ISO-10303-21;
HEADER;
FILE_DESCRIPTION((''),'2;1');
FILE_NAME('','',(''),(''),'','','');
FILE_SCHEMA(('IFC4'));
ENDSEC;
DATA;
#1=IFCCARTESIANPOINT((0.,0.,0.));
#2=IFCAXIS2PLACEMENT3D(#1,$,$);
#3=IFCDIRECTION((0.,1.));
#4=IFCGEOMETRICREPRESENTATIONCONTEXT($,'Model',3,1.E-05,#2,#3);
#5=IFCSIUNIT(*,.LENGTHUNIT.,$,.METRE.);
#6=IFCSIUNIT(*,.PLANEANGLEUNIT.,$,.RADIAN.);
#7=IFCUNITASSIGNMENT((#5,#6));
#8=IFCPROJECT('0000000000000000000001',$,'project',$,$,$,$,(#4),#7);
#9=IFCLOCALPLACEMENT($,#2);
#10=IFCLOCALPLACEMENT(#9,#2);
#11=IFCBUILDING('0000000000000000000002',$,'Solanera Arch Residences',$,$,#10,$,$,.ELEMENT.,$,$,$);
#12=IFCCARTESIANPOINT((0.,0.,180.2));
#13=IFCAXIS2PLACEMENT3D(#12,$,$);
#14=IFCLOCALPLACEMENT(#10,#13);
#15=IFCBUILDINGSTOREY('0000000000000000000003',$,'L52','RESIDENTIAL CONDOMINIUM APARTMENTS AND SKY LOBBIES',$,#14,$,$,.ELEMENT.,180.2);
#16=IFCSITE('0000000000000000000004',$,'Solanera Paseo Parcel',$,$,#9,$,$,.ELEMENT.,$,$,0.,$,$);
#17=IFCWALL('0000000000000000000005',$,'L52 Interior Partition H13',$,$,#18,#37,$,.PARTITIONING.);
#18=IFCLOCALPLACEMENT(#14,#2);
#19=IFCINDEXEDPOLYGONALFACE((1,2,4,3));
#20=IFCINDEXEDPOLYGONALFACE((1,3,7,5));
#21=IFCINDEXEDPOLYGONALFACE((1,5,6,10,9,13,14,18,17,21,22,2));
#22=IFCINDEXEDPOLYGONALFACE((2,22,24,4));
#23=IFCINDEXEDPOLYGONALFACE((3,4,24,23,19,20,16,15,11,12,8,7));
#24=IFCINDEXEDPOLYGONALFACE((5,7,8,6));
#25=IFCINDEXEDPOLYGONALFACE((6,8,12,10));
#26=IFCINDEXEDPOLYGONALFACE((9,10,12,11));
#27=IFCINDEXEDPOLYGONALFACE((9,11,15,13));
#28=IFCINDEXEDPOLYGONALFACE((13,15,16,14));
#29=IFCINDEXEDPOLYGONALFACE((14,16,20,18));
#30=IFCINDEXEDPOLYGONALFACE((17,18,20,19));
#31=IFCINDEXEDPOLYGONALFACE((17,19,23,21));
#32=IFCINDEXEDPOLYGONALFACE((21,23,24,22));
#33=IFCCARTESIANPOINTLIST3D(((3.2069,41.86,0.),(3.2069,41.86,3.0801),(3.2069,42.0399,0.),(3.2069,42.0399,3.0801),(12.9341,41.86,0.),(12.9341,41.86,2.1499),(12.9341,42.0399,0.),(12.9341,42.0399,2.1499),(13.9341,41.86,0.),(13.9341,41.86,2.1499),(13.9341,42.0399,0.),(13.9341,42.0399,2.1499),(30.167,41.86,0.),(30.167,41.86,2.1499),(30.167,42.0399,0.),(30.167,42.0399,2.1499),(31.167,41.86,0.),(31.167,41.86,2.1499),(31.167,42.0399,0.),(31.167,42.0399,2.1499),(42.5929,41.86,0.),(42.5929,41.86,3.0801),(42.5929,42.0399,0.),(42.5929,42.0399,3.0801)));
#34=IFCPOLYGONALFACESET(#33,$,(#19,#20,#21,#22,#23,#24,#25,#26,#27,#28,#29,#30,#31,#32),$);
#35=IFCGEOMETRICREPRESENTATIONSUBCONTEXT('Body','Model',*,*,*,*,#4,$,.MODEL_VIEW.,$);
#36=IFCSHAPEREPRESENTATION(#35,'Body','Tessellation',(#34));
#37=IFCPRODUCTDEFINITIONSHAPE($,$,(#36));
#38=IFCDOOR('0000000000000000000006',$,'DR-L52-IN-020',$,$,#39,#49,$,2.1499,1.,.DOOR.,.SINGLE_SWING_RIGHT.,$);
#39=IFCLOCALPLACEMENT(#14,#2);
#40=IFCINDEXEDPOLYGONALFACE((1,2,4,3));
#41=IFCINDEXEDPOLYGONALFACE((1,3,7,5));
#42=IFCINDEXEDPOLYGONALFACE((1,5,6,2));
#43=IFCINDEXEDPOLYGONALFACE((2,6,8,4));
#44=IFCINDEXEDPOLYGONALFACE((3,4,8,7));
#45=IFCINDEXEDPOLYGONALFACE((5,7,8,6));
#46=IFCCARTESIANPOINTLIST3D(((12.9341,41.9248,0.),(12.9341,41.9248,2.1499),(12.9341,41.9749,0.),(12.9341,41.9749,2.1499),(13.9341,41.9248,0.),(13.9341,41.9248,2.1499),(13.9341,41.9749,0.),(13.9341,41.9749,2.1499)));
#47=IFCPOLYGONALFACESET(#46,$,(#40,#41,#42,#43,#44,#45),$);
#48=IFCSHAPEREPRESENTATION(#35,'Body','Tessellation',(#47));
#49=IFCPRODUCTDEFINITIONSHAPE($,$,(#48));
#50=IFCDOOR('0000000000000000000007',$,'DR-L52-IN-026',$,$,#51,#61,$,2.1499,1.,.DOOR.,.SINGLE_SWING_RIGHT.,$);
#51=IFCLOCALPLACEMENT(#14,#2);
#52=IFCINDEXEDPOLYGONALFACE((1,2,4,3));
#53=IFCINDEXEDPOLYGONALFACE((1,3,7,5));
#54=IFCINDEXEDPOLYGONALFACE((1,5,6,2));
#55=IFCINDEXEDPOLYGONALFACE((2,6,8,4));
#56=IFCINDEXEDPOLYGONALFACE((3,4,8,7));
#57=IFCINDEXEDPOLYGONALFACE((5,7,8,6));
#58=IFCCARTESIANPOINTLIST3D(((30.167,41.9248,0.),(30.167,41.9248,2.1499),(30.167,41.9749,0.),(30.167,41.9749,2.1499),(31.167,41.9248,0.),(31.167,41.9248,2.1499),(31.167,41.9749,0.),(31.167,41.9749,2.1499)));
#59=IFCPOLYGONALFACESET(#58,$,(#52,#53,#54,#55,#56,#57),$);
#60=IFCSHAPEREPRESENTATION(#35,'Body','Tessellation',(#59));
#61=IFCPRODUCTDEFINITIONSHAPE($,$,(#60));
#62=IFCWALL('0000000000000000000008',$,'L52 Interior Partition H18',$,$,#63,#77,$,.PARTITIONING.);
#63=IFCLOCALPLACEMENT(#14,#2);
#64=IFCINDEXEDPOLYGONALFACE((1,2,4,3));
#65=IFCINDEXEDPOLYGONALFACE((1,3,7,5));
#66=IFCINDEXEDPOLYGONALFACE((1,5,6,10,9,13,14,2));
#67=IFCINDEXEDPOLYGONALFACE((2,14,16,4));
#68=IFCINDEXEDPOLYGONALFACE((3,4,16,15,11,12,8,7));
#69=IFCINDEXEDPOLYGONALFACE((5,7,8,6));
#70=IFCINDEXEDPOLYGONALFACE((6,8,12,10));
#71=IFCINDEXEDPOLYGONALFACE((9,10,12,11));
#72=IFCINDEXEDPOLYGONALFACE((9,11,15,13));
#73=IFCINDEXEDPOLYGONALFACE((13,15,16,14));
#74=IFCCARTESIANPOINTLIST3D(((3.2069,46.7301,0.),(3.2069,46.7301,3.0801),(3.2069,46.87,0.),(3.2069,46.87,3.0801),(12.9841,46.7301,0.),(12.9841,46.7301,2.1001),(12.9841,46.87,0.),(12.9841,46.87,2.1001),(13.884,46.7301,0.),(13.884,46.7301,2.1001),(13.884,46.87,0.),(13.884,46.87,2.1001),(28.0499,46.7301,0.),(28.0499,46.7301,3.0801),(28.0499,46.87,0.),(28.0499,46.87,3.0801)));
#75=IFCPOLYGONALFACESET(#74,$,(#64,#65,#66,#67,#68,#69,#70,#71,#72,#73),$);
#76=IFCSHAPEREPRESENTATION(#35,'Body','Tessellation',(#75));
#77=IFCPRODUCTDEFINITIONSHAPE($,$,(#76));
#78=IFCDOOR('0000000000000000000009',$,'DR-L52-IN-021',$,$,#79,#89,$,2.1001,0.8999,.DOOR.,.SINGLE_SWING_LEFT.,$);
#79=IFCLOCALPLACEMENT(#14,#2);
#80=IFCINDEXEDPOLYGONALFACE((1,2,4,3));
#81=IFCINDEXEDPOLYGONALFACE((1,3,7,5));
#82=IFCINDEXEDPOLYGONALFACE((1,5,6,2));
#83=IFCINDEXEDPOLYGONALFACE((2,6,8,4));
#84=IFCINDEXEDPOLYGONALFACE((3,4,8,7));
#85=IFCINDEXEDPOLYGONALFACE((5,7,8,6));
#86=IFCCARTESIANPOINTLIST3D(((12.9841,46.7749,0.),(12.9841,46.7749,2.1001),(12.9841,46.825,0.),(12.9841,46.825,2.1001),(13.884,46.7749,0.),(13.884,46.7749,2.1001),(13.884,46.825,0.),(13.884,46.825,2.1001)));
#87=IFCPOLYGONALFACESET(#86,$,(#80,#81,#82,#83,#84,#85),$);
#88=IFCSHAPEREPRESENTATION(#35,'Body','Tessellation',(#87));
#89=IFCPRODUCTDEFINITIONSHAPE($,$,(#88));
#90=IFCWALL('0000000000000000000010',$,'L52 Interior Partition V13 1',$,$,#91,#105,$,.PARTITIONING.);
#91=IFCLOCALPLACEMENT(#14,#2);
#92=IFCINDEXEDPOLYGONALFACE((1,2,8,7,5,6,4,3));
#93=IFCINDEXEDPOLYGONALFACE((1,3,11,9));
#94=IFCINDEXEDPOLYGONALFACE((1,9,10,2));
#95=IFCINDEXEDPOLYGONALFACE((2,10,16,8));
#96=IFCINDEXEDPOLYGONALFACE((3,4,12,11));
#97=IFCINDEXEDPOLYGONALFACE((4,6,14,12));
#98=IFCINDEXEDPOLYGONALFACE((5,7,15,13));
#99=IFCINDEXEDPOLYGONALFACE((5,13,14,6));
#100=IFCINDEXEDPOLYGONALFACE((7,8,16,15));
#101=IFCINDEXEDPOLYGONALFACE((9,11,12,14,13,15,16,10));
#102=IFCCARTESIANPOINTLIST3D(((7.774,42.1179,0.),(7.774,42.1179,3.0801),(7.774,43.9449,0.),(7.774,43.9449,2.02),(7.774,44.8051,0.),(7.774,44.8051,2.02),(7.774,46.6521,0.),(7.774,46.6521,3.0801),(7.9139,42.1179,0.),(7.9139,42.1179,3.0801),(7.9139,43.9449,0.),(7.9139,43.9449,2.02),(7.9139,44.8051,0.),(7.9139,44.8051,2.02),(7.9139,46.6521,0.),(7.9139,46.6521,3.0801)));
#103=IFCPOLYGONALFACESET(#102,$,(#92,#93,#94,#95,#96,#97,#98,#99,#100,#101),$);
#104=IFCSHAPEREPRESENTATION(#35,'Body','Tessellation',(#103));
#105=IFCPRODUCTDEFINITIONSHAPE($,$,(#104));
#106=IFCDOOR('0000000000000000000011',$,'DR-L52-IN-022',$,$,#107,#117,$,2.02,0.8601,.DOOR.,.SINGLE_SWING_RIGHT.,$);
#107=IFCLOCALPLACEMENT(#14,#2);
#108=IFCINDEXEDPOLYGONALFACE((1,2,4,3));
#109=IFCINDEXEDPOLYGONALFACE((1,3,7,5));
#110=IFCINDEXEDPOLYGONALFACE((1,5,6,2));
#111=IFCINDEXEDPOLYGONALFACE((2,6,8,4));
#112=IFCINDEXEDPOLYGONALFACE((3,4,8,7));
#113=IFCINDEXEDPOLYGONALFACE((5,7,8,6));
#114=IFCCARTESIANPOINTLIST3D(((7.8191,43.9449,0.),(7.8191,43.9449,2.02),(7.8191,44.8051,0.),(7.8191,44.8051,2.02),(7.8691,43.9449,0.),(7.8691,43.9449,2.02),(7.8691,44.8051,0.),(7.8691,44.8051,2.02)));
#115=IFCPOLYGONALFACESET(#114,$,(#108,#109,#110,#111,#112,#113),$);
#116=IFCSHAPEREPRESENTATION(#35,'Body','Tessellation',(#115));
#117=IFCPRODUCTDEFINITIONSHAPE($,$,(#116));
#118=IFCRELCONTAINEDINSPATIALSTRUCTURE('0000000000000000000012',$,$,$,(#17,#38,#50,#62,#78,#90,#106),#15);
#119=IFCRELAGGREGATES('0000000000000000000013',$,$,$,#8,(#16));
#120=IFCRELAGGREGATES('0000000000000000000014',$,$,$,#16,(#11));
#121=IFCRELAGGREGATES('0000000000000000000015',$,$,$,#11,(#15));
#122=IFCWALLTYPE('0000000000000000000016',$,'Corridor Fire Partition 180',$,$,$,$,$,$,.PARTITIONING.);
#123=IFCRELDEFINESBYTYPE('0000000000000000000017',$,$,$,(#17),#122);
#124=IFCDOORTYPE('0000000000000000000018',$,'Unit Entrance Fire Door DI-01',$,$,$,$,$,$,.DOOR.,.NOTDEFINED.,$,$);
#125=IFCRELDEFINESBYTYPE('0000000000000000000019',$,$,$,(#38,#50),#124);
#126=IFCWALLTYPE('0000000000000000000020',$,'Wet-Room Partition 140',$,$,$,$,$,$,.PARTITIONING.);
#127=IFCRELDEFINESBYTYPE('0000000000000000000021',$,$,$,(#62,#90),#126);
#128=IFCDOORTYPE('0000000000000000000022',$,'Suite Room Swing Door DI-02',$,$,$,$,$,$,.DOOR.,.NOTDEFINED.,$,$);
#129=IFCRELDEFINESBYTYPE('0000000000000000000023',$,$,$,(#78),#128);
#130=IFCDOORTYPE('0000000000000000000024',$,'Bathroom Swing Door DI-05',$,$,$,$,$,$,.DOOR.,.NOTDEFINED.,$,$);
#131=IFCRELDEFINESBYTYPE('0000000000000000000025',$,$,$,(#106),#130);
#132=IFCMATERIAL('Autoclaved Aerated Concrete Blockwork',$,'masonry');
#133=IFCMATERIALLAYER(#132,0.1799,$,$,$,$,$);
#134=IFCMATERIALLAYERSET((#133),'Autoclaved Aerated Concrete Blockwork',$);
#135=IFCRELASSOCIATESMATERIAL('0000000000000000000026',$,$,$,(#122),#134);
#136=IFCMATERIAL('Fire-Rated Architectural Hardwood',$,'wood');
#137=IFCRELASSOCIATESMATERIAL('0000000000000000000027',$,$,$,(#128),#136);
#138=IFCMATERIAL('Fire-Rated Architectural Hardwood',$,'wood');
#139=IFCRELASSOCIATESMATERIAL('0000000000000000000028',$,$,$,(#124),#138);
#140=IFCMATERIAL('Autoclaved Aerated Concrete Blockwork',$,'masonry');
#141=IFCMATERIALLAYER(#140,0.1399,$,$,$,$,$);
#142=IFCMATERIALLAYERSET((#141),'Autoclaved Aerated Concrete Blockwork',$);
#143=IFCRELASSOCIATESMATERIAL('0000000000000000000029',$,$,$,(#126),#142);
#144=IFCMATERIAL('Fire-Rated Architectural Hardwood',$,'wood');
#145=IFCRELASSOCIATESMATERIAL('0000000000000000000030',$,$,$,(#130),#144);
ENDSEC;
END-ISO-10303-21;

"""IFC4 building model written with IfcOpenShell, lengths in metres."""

from ifc_helpers import new_model, si_unit, direction, frame, frame_2d, origin, place, context, subcontext, project, spatial, rectangle, extrude, material, layer, layer_set, type_object, element, fill, save


model = new_model("IFC4")

# Units and contexts
model_context = context("Model", 3, precision=1e-05, world=origin(), true_north=direction((0.0, 1.0)))
body_context = subcontext(model_context, "Body", "Model", "MODEL_VIEW")
ifc_project = project(units=[si_unit("LENGTHUNIT", "METRE"), si_unit("PLANEANGLEUNIT", "RADIAN")], contexts=[model_context])

# Site, building, storey
site_placement = place(None, origin())
site = spatial("IfcSite", under=ifc_project, at=site_placement, Name="Solanera Paseo Parcel", CompositionType="ELEMENT", RefElevation=0.0)
building_placement = place(site_placement, origin())
building = spatial("IfcBuilding", under=site, at=building_placement, Name="Solanera Arch Residences", CompositionType="ELEMENT")
storey_placement = place(building_placement, frame((0.0, 0.0, 180.2)))
storey = spatial("IfcBuildingStorey", under=building, at=storey_placement, Name="L52", Description="RESIDENTIAL CONDOMINIUM APARTMENTS AND SKY LOBBIES", CompositionType="ELEMENT", Elevation=180.2)

# Wall, openings, doors
ifc_material_1 = material(Name="Autoclaved Aerated Concrete Blockwork", Category="masonry")
ifc_layer_1 = layer(ifc_material_1, 0.1799)
ifc_layer_set_1 = layer_set([ifc_layer_1], Name="Autoclaved Aerated Concrete Blockwork")
wall_type_1 = type_object("IfcWallType", Name="Corridor Fire Partition 180", PredefinedType="PARTITIONING", material=ifc_layer_set_1)
ifc_material_2 = material(Name="Fire-Rated Architectural Hardwood", Category="wood")
door_type_1 = type_object("IfcDoorType", Name="Suite Room Swing Door DI-02", OperationType="NOTDEFINED", PredefinedType="DOOR", material=ifc_material_2)
ifc_material_3 = material(Name="Fire-Rated Architectural Hardwood", Category="wood")
door_type_2 = type_object("IfcDoorType", Name="Unit Entrance Fire Door DI-01", OperationType="NOTDEFINED", PredefinedType="DOOR", material=ifc_material_3)
wall_1_placement = place(storey_placement, frame((3.207, 41.95, 0.0), z_axis=(0.0, 0.0, 1.0), x_axis=(1.0, 0.0, 0.0)))
wall_1 = element("IfcWall", 1, at=wall_1_placement, inside=storey, type_object=wall_type_1, Name="L52 Interior Partition H13", PredefinedType="PARTITIONING", context=body_context, shape_type="SweptSolid", body=[
    extrude(rectangle(XDim=39.386, YDim=0.1799, at=frame_2d((19.6929, 0.0))), origin(), (0.0, 0.0, 1.0), 3.0801),
])
opening_1_placement = place(wall_1_placement, frame((9.7271, 0.0, 0.0)))
opening_1 = element("IfcOpeningElement", 2, at=opening_1_placement, cuts=wall_1, PredefinedType="OPENING", context=body_context, shape_type="SweptSolid", body=[
    extrude(rectangle(XDim=1.0, YDim=2.1499, at=frame_2d((0.5, 1.075))), frame((0.0, 0.1001, 0.0), z_axis=(0.0, -1.0, 0.0), x_axis=(1.0, 0.0, 0.0)), (0.0, 0.0, 1.0), 0.1999),
])
opening_2_placement = place(wall_1_placement, frame((26.96, 0.0, 0.0)))
opening_2 = element("IfcOpeningElement", 3, at=opening_2_placement, cuts=wall_1, PredefinedType="OPENING", context=body_context, shape_type="SweptSolid", body=[
    extrude(rectangle(XDim=1.0, YDim=2.1499, at=frame_2d((0.5, 1.075))), frame((0.0, 0.1001, 0.0), z_axis=(0.0, -1.0, 0.0), x_axis=(1.0, 0.0, 0.0)), (0.0, 0.0, 1.0), 0.1999),
])
door_1_placement = place(opening_1_placement, origin())
door_1 = element("IfcDoor", 4, at=door_1_placement, inside=storey, type_object=door_type_2, Name="DR-L52-IN-020", OperationType="SINGLE_SWING_RIGHT", OverallHeight=2.1499, OverallWidth=1.0, PredefinedType="DOOR", context=body_context, shape_type="SweptSolid", body=[
    extrude(rectangle(XDim=1.0, YDim=2.1499, at=frame_2d((0.5, 1.075))), frame((0.0, 0.0249, 0.0), z_axis=(0.0, -1.0, 0.0), x_axis=(1.0, 0.0, 0.0)), (0.0, 0.0, 1.0), 0.05),
])
fill(opening_1, door_1)
door_2_placement = place(opening_2_placement, origin())
door_2 = element("IfcDoor", 5, at=door_2_placement, inside=storey, type_object=door_type_2, Name="DR-L52-IN-026", OperationType="SINGLE_SWING_RIGHT", OverallHeight=2.1499, OverallWidth=1.0, PredefinedType="DOOR", context=body_context, shape_type="SweptSolid", body=[
    extrude(rectangle(XDim=1.0, YDim=2.1499, at=frame_2d((0.5, 1.075))), frame((0.0, 0.0249, 0.0), z_axis=(0.0, -1.0, 0.0), x_axis=(1.0, 0.0, 0.0)), (0.0, 0.0, 1.0), 0.05),
])
fill(opening_2, door_2)

# Walls, openings, doors
ifc_material_4 = material(Name="Autoclaved Aerated Concrete Blockwork", Category="masonry")
ifc_layer_2 = layer(ifc_material_4, 0.1399)
ifc_layer_set_2 = layer_set([ifc_layer_2], Name="Autoclaved Aerated Concrete Blockwork")
wall_type_2 = type_object("IfcWallType", Name="Wet-Room Partition 140", PredefinedType="PARTITIONING", material=ifc_layer_set_2)
wall_2_placement = place(storey_placement, frame((3.207, 46.8, 0.0), z_axis=(0.0, 0.0, 1.0), x_axis=(1.0, 0.0, 0.0)))
wall_2 = element("IfcWall", 6, at=wall_2_placement, inside=storey, type_object=wall_type_2, Name="L52 Interior Partition H18", PredefinedType="PARTITIONING", context=body_context, shape_type="SweptSolid", body=[
    extrude(rectangle(XDim=24.843, YDim=0.1399, at=frame_2d((12.4214, 0.0))), origin(), (0.0, 0.0, 1.0), 3.0801),
])
opening_3_placement = place(wall_2_placement, frame((9.7771, 0.0, 0.0)))
opening_3 = element("IfcOpeningElement", 7, at=opening_3_placement, cuts=wall_2, PredefinedType="OPENING", context=body_context, shape_type="SweptSolid", body=[
    extrude(rectangle(XDim=0.8999, YDim=2.1001, at=frame_2d((0.45, 1.05))), frame((0.0, 0.0798, 0.0), z_axis=(0.0, -1.0, 0.0), x_axis=(1.0, 0.0, 0.0)), (0.0, 0.0, 1.0), 0.1599),
])
door_3_placement = place(opening_3_placement, origin())
door_3 = element("IfcDoor", 8, at=door_3_placement, inside=storey, type_object=door_type_1, Name="DR-L52-IN-021", OperationType="SINGLE_SWING_LEFT", OverallHeight=2.1001, OverallWidth=0.8999, PredefinedType="DOOR", context=body_context, shape_type="SweptSolid", body=[
    extrude(rectangle(XDim=0.8999, YDim=2.1001, at=frame_2d((0.45, 1.05))), frame((0.0, 0.0249, 0.0), z_axis=(0.0, -1.0, 0.0), x_axis=(1.0, 0.0, 0.0)), (0.0, 0.0, 1.0), 0.05),
])
fill(opening_3, door_3)
wall_3_placement = place(storey_placement, frame((7.844, 42.1179, 0.0), z_axis=(0.0, 0.0, 1.0), x_axis=(0.0, 1.0, 0.0)))
wall_3 = element("IfcWall", 9, at=wall_3_placement, inside=storey, type_object=wall_type_2, Name="L52 Interior Partition V13 1", PredefinedType="PARTITIONING", context=body_context, shape_type="SweptSolid", body=[
    extrude(rectangle(XDim=4.5342, YDim=0.1399, at=frame_2d((2.2671, 0.0))), origin(), (0.0, 0.0, 1.0), 3.0801),
])
opening_4_placement = place(wall_3_placement, frame((1.8269, 0.0, 0.0)))
opening_4 = element("IfcOpeningElement", 10, at=opening_4_placement, cuts=wall_3, PredefinedType="OPENING", context=body_context, shape_type="SweptSolid", body=[
    extrude(rectangle(XDim=0.8601, YDim=2.02, at=frame_2d((0.4302, 1.01))), frame((0.0, 0.0798, 0.0), z_axis=(0.0, -1.0, 0.0), x_axis=(1.0, 0.0, 0.0)), (0.0, 0.0, 1.0), 0.1599),
])
ifc_material_5 = material(Name="Fire-Rated Architectural Hardwood", Category="wood")
door_type_3 = type_object("IfcDoorType", Name="Bathroom Swing Door DI-05", OperationType="NOTDEFINED", PredefinedType="DOOR", material=ifc_material_5)
door_4_placement = place(opening_4_placement, origin())
door_4 = element("IfcDoor", 11, at=door_4_placement, inside=storey, type_object=door_type_3, Name="DR-L52-IN-022", OperationType="SINGLE_SWING_RIGHT", OverallHeight=2.02, OverallWidth=0.8601, PredefinedType="DOOR", context=body_context, shape_type="SweptSolid", body=[
    extrude(rectangle(XDim=0.8601, YDim=2.02, at=frame_2d((0.4302, 1.01))), frame((0.0, 0.0249, 0.0), z_axis=(0.0, -1.0, 0.0), x_axis=(1.0, 0.0, 0.0)), (0.0, 0.0, 1.0), 0.05),
])
fill(opening_4, door_4)

save(model, "model.ifc")
